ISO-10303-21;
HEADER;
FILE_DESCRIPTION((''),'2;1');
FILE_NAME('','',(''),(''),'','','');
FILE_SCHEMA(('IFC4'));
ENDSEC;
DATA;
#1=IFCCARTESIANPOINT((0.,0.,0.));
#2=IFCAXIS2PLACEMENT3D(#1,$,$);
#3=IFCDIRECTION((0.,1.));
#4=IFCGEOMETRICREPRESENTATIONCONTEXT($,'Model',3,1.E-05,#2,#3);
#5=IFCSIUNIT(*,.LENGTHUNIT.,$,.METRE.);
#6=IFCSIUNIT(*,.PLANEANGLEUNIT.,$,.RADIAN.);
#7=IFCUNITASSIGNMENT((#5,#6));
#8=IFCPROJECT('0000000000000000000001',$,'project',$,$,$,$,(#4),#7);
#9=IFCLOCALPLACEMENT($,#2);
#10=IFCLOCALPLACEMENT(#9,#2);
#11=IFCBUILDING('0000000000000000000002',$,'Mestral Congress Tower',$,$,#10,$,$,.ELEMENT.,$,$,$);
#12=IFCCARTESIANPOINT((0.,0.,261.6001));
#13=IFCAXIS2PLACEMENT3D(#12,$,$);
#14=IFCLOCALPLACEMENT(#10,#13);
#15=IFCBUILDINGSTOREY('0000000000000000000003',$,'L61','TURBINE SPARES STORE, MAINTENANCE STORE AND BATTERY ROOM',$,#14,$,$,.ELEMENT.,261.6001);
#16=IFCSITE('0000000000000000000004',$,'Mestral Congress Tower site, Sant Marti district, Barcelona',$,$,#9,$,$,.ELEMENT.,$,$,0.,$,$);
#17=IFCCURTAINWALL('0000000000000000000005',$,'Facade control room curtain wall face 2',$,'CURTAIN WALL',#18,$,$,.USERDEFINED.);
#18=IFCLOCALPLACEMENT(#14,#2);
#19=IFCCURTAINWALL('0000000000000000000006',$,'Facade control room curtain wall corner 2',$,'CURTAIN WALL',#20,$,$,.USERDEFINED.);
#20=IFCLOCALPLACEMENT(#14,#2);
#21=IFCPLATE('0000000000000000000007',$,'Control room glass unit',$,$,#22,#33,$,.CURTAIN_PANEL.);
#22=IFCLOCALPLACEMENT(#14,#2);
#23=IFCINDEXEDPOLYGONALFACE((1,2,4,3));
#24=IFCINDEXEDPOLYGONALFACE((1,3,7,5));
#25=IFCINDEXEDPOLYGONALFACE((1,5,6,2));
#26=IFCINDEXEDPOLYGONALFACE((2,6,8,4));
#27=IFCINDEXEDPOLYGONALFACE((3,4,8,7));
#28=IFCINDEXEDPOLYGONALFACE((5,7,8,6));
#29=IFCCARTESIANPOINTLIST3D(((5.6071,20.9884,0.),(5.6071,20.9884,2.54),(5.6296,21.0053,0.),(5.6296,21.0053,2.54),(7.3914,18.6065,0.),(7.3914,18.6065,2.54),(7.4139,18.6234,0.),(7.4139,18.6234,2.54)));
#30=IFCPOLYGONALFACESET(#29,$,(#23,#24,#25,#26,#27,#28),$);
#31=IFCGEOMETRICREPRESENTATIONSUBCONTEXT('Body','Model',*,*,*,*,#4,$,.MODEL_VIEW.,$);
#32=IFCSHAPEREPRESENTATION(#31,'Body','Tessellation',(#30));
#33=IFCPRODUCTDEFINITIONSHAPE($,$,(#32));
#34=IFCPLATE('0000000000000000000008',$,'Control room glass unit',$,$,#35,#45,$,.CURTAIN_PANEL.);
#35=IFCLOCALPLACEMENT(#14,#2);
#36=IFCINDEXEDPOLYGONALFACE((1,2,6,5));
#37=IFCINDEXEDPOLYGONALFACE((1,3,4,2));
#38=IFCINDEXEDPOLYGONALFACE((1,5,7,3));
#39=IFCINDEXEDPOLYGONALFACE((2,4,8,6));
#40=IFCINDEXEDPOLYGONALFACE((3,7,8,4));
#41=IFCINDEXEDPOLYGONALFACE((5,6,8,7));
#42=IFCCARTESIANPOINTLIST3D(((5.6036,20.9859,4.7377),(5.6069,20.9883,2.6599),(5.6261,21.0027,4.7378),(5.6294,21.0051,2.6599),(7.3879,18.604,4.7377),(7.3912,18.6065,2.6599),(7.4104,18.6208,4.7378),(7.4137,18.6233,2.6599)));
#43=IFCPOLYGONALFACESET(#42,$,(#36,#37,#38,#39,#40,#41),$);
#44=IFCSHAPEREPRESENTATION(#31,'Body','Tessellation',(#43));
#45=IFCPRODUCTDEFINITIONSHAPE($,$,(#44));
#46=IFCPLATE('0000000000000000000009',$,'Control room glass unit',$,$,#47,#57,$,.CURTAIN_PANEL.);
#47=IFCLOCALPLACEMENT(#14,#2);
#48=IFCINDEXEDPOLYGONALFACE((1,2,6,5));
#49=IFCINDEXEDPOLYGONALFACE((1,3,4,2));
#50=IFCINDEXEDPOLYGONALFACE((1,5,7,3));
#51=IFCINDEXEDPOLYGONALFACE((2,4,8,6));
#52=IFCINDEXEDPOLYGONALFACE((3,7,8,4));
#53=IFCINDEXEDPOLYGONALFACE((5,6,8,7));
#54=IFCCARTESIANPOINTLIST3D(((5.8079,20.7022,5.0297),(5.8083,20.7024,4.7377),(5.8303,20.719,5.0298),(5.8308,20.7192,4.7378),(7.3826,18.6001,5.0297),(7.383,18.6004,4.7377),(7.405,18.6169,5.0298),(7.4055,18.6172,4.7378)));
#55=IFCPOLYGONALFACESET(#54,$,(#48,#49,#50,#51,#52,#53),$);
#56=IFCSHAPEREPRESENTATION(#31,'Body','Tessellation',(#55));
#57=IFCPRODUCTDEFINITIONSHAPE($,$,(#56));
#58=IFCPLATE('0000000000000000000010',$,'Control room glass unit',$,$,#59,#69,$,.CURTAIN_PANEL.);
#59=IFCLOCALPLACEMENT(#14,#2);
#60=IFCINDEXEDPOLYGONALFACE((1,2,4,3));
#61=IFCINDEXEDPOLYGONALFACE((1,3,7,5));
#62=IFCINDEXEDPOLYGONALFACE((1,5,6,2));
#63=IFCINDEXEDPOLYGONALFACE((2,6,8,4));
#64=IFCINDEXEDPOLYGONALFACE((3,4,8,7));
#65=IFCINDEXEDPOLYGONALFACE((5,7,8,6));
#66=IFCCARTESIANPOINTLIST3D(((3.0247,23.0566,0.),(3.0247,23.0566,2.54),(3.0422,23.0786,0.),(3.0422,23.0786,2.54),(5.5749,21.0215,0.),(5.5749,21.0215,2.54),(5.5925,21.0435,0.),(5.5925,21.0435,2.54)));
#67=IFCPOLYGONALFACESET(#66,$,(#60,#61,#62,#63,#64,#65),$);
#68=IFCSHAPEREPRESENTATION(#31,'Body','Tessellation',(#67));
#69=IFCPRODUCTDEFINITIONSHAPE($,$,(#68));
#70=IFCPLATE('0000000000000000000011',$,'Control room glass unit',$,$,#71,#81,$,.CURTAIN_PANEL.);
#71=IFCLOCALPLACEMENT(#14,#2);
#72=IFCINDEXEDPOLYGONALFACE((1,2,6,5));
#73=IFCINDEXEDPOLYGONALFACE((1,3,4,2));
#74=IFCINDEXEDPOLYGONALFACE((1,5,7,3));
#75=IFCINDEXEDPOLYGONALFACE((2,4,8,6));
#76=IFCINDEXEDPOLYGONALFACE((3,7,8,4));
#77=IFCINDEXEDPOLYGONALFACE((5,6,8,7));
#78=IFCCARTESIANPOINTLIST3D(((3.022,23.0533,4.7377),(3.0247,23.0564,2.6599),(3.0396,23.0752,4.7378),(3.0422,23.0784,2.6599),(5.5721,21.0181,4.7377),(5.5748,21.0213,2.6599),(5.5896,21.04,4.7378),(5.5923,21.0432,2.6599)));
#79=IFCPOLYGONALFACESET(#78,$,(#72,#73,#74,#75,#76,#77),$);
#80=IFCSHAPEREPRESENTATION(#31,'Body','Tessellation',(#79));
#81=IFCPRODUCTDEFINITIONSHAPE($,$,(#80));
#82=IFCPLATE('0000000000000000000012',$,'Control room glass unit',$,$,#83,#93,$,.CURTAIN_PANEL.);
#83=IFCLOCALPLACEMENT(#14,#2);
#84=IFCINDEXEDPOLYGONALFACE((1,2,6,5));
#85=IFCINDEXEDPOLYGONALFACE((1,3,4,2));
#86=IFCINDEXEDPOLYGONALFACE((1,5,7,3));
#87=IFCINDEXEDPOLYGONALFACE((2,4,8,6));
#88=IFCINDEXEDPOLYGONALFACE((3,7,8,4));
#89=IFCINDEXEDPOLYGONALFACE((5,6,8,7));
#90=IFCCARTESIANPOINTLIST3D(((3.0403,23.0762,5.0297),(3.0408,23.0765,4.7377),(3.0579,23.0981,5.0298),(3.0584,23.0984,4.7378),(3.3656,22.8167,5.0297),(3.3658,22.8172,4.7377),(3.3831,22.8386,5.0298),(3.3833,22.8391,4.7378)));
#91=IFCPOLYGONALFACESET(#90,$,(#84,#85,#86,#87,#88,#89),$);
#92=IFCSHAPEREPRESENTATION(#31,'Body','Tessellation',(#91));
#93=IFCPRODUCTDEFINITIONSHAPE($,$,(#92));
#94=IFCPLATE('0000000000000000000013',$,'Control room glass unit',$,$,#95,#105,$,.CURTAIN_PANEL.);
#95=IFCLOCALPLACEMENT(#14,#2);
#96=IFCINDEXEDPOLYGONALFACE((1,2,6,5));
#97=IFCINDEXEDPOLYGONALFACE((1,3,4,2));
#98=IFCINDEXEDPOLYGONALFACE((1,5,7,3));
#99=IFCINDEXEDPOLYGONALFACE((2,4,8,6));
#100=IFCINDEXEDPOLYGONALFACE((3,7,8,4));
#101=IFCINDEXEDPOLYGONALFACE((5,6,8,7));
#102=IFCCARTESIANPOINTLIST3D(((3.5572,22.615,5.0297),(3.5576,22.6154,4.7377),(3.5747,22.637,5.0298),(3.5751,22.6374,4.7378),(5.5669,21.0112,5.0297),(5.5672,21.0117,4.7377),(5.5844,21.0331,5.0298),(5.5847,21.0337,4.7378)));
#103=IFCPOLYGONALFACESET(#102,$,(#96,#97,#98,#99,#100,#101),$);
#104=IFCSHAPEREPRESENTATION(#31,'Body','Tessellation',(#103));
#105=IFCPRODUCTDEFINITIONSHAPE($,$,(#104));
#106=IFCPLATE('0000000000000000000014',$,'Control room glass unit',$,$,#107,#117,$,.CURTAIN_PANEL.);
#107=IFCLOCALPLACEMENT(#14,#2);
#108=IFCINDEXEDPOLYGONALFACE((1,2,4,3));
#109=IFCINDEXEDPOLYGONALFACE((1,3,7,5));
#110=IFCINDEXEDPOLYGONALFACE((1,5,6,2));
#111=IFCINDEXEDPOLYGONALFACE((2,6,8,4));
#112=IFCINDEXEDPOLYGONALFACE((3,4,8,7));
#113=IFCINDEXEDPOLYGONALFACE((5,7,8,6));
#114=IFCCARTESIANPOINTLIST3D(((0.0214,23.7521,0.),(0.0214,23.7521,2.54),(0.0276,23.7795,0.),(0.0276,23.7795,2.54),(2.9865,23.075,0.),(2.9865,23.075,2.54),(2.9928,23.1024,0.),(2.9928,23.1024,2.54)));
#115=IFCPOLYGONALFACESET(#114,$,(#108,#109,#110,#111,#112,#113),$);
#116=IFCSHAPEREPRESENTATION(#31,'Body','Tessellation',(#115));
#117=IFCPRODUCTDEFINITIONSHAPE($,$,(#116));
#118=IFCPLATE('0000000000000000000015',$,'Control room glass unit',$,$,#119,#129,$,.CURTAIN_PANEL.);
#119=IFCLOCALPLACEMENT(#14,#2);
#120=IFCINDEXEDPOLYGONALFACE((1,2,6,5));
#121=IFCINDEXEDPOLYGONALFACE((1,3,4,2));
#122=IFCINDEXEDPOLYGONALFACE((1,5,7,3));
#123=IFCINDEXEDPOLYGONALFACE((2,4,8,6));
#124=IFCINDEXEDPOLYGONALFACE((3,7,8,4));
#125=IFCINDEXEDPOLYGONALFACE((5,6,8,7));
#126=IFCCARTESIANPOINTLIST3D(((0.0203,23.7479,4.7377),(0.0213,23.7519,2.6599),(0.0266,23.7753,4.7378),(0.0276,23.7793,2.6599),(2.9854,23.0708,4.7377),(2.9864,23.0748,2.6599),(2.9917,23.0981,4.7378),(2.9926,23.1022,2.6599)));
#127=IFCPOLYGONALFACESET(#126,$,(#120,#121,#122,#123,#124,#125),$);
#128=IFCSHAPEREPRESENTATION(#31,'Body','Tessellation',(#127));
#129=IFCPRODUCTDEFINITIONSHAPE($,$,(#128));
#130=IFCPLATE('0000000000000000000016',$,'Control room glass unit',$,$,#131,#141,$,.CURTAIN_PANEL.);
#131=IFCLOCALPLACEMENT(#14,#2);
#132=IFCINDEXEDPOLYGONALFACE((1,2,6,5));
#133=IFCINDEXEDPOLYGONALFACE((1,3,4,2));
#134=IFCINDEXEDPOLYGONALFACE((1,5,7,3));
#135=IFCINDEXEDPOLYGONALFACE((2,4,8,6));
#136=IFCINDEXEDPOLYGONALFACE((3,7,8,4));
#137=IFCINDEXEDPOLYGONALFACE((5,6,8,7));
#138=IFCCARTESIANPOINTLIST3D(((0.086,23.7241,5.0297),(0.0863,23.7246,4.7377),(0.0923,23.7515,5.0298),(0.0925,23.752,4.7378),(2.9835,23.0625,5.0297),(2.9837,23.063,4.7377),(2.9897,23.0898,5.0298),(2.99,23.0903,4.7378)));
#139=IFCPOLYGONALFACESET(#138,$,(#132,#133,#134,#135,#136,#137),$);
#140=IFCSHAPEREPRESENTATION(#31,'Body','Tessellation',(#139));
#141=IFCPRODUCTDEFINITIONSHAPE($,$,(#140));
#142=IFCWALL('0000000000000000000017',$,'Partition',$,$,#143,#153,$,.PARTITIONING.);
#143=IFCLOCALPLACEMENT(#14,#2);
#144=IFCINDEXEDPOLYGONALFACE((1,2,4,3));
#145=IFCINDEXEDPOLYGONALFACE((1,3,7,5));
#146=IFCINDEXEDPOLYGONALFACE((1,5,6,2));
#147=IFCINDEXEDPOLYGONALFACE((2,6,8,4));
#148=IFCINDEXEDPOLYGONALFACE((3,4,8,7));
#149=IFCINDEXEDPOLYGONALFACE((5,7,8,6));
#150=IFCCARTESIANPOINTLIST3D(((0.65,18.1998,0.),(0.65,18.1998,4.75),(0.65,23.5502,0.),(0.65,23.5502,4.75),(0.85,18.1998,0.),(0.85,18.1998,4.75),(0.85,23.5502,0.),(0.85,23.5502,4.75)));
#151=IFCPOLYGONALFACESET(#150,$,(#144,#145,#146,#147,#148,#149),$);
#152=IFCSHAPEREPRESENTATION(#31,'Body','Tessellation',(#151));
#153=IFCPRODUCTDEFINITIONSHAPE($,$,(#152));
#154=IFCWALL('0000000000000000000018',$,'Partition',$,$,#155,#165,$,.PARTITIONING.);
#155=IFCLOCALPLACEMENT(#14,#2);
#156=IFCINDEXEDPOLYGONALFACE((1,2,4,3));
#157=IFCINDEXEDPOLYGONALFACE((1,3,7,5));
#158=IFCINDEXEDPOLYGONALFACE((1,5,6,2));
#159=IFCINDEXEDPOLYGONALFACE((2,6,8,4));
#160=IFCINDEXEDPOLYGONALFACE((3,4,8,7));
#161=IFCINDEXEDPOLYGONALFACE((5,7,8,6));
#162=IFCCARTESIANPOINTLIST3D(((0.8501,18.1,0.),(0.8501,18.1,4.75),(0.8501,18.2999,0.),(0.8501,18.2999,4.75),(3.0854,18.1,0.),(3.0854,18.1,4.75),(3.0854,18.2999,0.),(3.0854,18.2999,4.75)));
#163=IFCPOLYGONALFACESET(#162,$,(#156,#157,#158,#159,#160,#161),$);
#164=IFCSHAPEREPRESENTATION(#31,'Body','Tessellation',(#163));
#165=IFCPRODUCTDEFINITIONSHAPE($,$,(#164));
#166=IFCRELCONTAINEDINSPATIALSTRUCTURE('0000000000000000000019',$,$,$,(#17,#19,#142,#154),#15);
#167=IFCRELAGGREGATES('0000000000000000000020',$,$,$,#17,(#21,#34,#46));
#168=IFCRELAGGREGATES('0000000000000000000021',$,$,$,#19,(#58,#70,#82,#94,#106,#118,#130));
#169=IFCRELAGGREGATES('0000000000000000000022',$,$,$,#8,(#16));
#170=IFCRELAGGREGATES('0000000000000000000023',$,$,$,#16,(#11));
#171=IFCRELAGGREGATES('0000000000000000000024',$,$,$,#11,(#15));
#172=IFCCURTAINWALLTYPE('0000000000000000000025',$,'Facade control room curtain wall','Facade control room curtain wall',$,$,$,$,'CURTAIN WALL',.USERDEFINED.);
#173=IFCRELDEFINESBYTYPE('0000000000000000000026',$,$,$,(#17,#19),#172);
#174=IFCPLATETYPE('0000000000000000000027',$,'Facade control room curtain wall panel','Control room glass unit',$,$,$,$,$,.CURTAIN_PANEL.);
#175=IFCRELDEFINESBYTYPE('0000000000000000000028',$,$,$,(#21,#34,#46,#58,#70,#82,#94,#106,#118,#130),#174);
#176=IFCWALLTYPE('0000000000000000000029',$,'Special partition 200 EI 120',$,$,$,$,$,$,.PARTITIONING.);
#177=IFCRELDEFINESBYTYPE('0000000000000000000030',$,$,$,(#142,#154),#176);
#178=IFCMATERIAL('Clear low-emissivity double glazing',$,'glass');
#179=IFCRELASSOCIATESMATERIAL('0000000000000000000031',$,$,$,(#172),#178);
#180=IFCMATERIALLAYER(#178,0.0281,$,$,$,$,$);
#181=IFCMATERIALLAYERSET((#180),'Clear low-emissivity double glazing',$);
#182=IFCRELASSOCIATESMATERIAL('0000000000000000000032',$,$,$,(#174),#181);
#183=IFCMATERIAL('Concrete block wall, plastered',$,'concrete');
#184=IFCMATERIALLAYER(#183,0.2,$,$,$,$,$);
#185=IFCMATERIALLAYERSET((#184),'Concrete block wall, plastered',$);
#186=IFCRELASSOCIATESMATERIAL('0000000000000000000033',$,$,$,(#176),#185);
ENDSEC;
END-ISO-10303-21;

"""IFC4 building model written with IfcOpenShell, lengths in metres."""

from ifc_helpers import new_model, si_unit, direction, frame, frame_2d, origin, origin_2d, place, context, subcontext, project, spatial, polyline, rectangle, outline, extrude, material, layer, layer_set, type_object, element, aggregate, save


model = new_model("IFC4")

# Units and contexts
model_context = context("Model", 3, precision=1e-05, world=origin(), true_north=direction((0.0, 1.0)))
body_context = subcontext(model_context, "Body", "Model", "MODEL_VIEW")
ifc_project = project(units=[si_unit("LENGTHUNIT", "METRE"), si_unit("PLANEANGLEUNIT", "RADIAN")], contexts=[model_context])

# Site, building, storey
site_placement = place(None, origin())
site = spatial("IfcSite", under=ifc_project, at=site_placement, Name="Mestral Congress Tower site, Sant Marti district, Barcelona", CompositionType="ELEMENT", RefElevation=0.0)
building_placement = place(site_placement, origin())
building = spatial("IfcBuilding", under=site, at=building_placement, Name="Mestral Congress Tower", CompositionType="ELEMENT")
storey_placement = place(building_placement, frame((0.0, 0.0, 261.6001)))
storey = spatial("IfcBuildingStorey", under=building, at=storey_placement, Name="L61", Description="TURBINE SPARES STORE, MAINTENANCE STORE AND BATTERY ROOM", CompositionType="ELEMENT", Elevation=261.6001)

# Curtain wall
ifc_material_1 = material(Name="Clear low-emissivity double glazing", Category="glass")
curtain_wall_type = type_object("IfcCurtainWallType", Name="Facade control room curtain wall", Description="Facade control room curtain wall", ElementType="CURTAIN WALL", PredefinedType="USERDEFINED", material=ifc_material_1)
placement = place(storey_placement, origin())
curtain_wall_1 = element("IfcCurtainWall", 1, at=placement, inside=storey, type_object=curtain_wall_type, Name="Facade control room curtain wall face 2", ObjectType="CURTAIN WALL", PredefinedType="USERDEFINED")

# Curtain wall
curtain_wall_2 = element("IfcCurtainWall", 2, at=placement, inside=storey, type_object=curtain_wall_type, Name="Facade control room curtain wall corner 2", ObjectType="CURTAIN WALL", PredefinedType="USERDEFINED")

# Plates
ifc_layer_1 = layer(ifc_material_1, 0.0281)
ifc_layer_set_1 = layer_set([ifc_layer_1], Name="Clear low-emissivity double glazing")
plate_type = type_object("IfcPlateType", Name="Facade control room curtain wall panel", Description="Control room glass unit", PredefinedType="CURTAIN_PANEL", material=ifc_layer_set_1)
plate_1_placement = place(storey_placement, frame((6.5105, 19.8059, 0.0), z_axis=(0.0, 0.0, 1.0), x_axis=(-0.599541, 0.800344, 0.0)))
plate_1 = element("IfcPlate", 3, at=plate_1_placement, type_object=plate_type, Name="Control room glass unit", PredefinedType="CURTAIN_PANEL", context=body_context, shape_type="SweptSolid", body=[
    extrude(rectangle(XDim=2.9761, YDim=0.0281, at=origin_2d()), origin(), (0.0, 0.0, 1.0), 2.54),
])
plate_2_placement = place(storey_placement, frame((5.6294, 21.0051, 2.6599), z_axis=(0.800333, 0.599552, 0.001974), x_axis=(0.599554, -0.800335, 0.0)))
plate_2 = element("IfcPlate", 4, at=plate_2_placement, type_object=plate_type, Name="Control room glass unit", PredefinedType="CURTAIN_PANEL", context=body_context, shape_type="SweptSolid", body=[
    extrude(outline(polyline([(0.0, 0.0), (2.976, 0.0), (2.976, -2.0779), (-0.0001, -2.0779), (0.0, 0.0)])), origin(), (0.0, 0.0, -1.0), 0.0281),
])
plate_3_placement = place(storey_placement, frame((7.4055, 18.6172, 4.7378), z_axis=(0.800333, 0.599553, 0.00184), x_axis=(-0.001672, -0.000836, 0.999998)))
plate_3 = element("IfcPlate", 5, at=plate_3_placement, type_object=plate_type, Name="Control room glass unit", PredefinedType="CURTAIN_PANEL", context=body_context, shape_type="SweptSolid", body=[
    extrude(outline(polyline([(0.0, 0.0), (0.292, 0.0), (0.2929, -2.6265), (0.0009, -2.6265), (0.0, 0.0)])), origin(), (0.0, 0.0, -1.0), 0.0281),
])
aggregate(curtain_wall_1, [plate_1, plate_2, plate_3])
plate_4_placement = place(storey_placement, frame((4.3086, 22.05, 0.0), z_axis=(0.0, 0.0, 1.0), x_axis=(-0.781626, 0.623747, 0.0)))
plate_4 = element("IfcPlate", 6, at=plate_4_placement, type_object=plate_type, Name="Control room glass unit", PredefinedType="CURTAIN_PANEL", context=body_context, shape_type="SweptSolid", body=[
    extrude(rectangle(XDim=3.2627, YDim=0.0281, at=origin_2d()), origin(), (0.0, 0.0, 1.0), 2.54),
])
plate_5_placement = place(storey_placement, frame((3.0422, 23.0784, 2.6599), z_axis=(0.623781, 0.781597, 0.002), x_axis=(0.781598, -0.623782, 0.0)))
plate_5 = element("IfcPlate", 7, at=plate_5_placement, type_object=plate_type, Name="Control room glass unit", PredefinedType="CURTAIN_PANEL", context=body_context, shape_type="SweptSolid", body=[
    extrude(outline(polyline([(0.0, 0.0), (3.2626, 0.0), (3.2625, -2.0779), (-0.0001, -2.0779), (0.0, 0.0)])), origin(), (0.0, 0.0, -1.0), 0.0281),
])
plate_6_placement = place(storey_placement, frame((3.0579, 23.0981, 5.0298), z_axis=(0.623727, 0.78164, 0.001763), x_axis=(0.001713, 0.000888, -0.999998)))
plate_6 = element("IfcPlate", 8, at=plate_6_placement, type_object=plate_type, Name="Control room glass unit", PredefinedType="CURTAIN_PANEL", context=body_context, shape_type="SweptSolid", body=[
    extrude(outline(polyline([(0.0, 0.0), (0.292, 0.0), (0.2923, -0.4157), (0.0003, -0.4161), (0.0, 0.0)])), origin(), (0.0, 0.0, -1.0), 0.0281),
])
plate_7_placement = place(storey_placement, frame((5.5847, 21.0337, 4.7378), z_axis=(0.623755, 0.781617, 0.002089), x_axis=(-0.000999, -0.001876, 0.999998)))
plate_7 = element("IfcPlate", 9, at=plate_7_placement, type_object=plate_type, Name="Control room glass unit", PredefinedType="CURTAIN_PANEL", context=body_context, shape_type="SweptSolid", body=[
    extrude(outline(polyline([(0.0, 0.0), (0.292, 0.0), (0.291, -2.5712), (-0.001, -2.571), (0.0, 0.0)])), origin(), (0.0, 0.0, -1.0), 0.0281),
])
plate_8_placement = place(storey_placement, frame((1.5071, 23.4272, 0.0), z_axis=(0.0, 0.0, 1.0), x_axis=(-0.974904, 0.222627, 0.0)))
plate_8 = element("IfcPlate", 10, at=plate_8_placement, type_object=plate_type, Name="Control room glass unit", PredefinedType="CURTAIN_PANEL", context=body_context, shape_type="SweptSolid", body=[
    extrude(rectangle(XDim=3.0415, YDim=0.0281, at=origin_2d()), origin(), (0.0, 0.0, 1.0), 2.54),
])
plate_9_placement = place(storey_placement, frame((0.0276, 23.7793, 2.6599), z_axis=(0.222634, 0.9749, 0.001995), x_axis=(0.974902, -0.222634, 0.0)))
plate_9 = element("IfcPlate", 11, at=plate_9_placement, type_object=plate_type, Name="Control room glass unit", PredefinedType="CURTAIN_PANEL", context=body_context, shape_type="SweptSolid", body=[
    extrude(outline(polyline([(0.0, 0.0), (3.0414, 0.0), (3.0414, -2.0779), (-0.0001, -2.0779), (0.0, 0.0)])), origin(), (0.0, 0.0, -1.0), 0.0281),
])
plate_10_placement = place(storey_placement, frame((2.99, 23.0903, 4.7378), z_axis=(0.222615, 0.974905, 0.001816), x_axis=(-0.000836, -0.001672, 0.999998)))
plate_10 = element("IfcPlate", 12, at=plate_10_placement, type_object=plate_type, Name="Control room glass unit", PredefinedType="CURTAIN_PANEL", context=body_context, shape_type="SweptSolid", body=[
    extrude(outline(polyline([(0.0, 0.0), (0.292, 0.0), (0.2933, -2.972), (0.0013, -2.972), (0.0, 0.0)])), origin(), (0.0, 0.0, -1.0), 0.0281),
])
aggregate(curtain_wall_2, [plate_4, plate_5, plate_6, plate_7, plate_8, plate_9, plate_10])

# Walls
ifc_material_2 = material(Name="Concrete block wall, plastered", Category="concrete")
ifc_layer_2 = layer(ifc_material_2, 0.2)
ifc_layer_set_2 = layer_set([ifc_layer_2], Name="Concrete block wall, plastered")
wall_type = type_object("IfcWallType", Name="Special partition 200 EI 120", PredefinedType="PARTITIONING", material=ifc_layer_set_2)
wall_1_placement = place(storey_placement, frame((0.75, 23.5503, 0.0), z_axis=(0.0, 0.0, 1.0), x_axis=(0.0, -1.0, 0.0)))
element("IfcWall", 13, at=wall_1_placement, inside=storey, type_object=wall_type, Name="Partition", PredefinedType="PARTITIONING", context=body_context, shape_type="SweptSolid", body=[
    extrude(rectangle(XDim=5.3503, YDim=0.2, at=frame_2d((2.6753, 0.0))), origin(), (0.0, 0.0, 1.0), 4.75),
])
wall_2_placement = place(storey_placement, frame((0.8501, 18.2, 0.0), z_axis=(0.0, 0.0, 1.0), x_axis=(1.0, 0.0, 0.0)))
element("IfcWall", 14, at=wall_2_placement, inside=storey, type_object=wall_type, Name="Partition", PredefinedType="PARTITIONING", context=body_context, shape_type="SweptSolid", body=[
    extrude(rectangle(XDim=2.2354, YDim=0.2, at=frame_2d((1.1177, 0.0))), origin(), (0.0, 0.0, 1.0), 4.75),
])

save(model, "model.ifc")
